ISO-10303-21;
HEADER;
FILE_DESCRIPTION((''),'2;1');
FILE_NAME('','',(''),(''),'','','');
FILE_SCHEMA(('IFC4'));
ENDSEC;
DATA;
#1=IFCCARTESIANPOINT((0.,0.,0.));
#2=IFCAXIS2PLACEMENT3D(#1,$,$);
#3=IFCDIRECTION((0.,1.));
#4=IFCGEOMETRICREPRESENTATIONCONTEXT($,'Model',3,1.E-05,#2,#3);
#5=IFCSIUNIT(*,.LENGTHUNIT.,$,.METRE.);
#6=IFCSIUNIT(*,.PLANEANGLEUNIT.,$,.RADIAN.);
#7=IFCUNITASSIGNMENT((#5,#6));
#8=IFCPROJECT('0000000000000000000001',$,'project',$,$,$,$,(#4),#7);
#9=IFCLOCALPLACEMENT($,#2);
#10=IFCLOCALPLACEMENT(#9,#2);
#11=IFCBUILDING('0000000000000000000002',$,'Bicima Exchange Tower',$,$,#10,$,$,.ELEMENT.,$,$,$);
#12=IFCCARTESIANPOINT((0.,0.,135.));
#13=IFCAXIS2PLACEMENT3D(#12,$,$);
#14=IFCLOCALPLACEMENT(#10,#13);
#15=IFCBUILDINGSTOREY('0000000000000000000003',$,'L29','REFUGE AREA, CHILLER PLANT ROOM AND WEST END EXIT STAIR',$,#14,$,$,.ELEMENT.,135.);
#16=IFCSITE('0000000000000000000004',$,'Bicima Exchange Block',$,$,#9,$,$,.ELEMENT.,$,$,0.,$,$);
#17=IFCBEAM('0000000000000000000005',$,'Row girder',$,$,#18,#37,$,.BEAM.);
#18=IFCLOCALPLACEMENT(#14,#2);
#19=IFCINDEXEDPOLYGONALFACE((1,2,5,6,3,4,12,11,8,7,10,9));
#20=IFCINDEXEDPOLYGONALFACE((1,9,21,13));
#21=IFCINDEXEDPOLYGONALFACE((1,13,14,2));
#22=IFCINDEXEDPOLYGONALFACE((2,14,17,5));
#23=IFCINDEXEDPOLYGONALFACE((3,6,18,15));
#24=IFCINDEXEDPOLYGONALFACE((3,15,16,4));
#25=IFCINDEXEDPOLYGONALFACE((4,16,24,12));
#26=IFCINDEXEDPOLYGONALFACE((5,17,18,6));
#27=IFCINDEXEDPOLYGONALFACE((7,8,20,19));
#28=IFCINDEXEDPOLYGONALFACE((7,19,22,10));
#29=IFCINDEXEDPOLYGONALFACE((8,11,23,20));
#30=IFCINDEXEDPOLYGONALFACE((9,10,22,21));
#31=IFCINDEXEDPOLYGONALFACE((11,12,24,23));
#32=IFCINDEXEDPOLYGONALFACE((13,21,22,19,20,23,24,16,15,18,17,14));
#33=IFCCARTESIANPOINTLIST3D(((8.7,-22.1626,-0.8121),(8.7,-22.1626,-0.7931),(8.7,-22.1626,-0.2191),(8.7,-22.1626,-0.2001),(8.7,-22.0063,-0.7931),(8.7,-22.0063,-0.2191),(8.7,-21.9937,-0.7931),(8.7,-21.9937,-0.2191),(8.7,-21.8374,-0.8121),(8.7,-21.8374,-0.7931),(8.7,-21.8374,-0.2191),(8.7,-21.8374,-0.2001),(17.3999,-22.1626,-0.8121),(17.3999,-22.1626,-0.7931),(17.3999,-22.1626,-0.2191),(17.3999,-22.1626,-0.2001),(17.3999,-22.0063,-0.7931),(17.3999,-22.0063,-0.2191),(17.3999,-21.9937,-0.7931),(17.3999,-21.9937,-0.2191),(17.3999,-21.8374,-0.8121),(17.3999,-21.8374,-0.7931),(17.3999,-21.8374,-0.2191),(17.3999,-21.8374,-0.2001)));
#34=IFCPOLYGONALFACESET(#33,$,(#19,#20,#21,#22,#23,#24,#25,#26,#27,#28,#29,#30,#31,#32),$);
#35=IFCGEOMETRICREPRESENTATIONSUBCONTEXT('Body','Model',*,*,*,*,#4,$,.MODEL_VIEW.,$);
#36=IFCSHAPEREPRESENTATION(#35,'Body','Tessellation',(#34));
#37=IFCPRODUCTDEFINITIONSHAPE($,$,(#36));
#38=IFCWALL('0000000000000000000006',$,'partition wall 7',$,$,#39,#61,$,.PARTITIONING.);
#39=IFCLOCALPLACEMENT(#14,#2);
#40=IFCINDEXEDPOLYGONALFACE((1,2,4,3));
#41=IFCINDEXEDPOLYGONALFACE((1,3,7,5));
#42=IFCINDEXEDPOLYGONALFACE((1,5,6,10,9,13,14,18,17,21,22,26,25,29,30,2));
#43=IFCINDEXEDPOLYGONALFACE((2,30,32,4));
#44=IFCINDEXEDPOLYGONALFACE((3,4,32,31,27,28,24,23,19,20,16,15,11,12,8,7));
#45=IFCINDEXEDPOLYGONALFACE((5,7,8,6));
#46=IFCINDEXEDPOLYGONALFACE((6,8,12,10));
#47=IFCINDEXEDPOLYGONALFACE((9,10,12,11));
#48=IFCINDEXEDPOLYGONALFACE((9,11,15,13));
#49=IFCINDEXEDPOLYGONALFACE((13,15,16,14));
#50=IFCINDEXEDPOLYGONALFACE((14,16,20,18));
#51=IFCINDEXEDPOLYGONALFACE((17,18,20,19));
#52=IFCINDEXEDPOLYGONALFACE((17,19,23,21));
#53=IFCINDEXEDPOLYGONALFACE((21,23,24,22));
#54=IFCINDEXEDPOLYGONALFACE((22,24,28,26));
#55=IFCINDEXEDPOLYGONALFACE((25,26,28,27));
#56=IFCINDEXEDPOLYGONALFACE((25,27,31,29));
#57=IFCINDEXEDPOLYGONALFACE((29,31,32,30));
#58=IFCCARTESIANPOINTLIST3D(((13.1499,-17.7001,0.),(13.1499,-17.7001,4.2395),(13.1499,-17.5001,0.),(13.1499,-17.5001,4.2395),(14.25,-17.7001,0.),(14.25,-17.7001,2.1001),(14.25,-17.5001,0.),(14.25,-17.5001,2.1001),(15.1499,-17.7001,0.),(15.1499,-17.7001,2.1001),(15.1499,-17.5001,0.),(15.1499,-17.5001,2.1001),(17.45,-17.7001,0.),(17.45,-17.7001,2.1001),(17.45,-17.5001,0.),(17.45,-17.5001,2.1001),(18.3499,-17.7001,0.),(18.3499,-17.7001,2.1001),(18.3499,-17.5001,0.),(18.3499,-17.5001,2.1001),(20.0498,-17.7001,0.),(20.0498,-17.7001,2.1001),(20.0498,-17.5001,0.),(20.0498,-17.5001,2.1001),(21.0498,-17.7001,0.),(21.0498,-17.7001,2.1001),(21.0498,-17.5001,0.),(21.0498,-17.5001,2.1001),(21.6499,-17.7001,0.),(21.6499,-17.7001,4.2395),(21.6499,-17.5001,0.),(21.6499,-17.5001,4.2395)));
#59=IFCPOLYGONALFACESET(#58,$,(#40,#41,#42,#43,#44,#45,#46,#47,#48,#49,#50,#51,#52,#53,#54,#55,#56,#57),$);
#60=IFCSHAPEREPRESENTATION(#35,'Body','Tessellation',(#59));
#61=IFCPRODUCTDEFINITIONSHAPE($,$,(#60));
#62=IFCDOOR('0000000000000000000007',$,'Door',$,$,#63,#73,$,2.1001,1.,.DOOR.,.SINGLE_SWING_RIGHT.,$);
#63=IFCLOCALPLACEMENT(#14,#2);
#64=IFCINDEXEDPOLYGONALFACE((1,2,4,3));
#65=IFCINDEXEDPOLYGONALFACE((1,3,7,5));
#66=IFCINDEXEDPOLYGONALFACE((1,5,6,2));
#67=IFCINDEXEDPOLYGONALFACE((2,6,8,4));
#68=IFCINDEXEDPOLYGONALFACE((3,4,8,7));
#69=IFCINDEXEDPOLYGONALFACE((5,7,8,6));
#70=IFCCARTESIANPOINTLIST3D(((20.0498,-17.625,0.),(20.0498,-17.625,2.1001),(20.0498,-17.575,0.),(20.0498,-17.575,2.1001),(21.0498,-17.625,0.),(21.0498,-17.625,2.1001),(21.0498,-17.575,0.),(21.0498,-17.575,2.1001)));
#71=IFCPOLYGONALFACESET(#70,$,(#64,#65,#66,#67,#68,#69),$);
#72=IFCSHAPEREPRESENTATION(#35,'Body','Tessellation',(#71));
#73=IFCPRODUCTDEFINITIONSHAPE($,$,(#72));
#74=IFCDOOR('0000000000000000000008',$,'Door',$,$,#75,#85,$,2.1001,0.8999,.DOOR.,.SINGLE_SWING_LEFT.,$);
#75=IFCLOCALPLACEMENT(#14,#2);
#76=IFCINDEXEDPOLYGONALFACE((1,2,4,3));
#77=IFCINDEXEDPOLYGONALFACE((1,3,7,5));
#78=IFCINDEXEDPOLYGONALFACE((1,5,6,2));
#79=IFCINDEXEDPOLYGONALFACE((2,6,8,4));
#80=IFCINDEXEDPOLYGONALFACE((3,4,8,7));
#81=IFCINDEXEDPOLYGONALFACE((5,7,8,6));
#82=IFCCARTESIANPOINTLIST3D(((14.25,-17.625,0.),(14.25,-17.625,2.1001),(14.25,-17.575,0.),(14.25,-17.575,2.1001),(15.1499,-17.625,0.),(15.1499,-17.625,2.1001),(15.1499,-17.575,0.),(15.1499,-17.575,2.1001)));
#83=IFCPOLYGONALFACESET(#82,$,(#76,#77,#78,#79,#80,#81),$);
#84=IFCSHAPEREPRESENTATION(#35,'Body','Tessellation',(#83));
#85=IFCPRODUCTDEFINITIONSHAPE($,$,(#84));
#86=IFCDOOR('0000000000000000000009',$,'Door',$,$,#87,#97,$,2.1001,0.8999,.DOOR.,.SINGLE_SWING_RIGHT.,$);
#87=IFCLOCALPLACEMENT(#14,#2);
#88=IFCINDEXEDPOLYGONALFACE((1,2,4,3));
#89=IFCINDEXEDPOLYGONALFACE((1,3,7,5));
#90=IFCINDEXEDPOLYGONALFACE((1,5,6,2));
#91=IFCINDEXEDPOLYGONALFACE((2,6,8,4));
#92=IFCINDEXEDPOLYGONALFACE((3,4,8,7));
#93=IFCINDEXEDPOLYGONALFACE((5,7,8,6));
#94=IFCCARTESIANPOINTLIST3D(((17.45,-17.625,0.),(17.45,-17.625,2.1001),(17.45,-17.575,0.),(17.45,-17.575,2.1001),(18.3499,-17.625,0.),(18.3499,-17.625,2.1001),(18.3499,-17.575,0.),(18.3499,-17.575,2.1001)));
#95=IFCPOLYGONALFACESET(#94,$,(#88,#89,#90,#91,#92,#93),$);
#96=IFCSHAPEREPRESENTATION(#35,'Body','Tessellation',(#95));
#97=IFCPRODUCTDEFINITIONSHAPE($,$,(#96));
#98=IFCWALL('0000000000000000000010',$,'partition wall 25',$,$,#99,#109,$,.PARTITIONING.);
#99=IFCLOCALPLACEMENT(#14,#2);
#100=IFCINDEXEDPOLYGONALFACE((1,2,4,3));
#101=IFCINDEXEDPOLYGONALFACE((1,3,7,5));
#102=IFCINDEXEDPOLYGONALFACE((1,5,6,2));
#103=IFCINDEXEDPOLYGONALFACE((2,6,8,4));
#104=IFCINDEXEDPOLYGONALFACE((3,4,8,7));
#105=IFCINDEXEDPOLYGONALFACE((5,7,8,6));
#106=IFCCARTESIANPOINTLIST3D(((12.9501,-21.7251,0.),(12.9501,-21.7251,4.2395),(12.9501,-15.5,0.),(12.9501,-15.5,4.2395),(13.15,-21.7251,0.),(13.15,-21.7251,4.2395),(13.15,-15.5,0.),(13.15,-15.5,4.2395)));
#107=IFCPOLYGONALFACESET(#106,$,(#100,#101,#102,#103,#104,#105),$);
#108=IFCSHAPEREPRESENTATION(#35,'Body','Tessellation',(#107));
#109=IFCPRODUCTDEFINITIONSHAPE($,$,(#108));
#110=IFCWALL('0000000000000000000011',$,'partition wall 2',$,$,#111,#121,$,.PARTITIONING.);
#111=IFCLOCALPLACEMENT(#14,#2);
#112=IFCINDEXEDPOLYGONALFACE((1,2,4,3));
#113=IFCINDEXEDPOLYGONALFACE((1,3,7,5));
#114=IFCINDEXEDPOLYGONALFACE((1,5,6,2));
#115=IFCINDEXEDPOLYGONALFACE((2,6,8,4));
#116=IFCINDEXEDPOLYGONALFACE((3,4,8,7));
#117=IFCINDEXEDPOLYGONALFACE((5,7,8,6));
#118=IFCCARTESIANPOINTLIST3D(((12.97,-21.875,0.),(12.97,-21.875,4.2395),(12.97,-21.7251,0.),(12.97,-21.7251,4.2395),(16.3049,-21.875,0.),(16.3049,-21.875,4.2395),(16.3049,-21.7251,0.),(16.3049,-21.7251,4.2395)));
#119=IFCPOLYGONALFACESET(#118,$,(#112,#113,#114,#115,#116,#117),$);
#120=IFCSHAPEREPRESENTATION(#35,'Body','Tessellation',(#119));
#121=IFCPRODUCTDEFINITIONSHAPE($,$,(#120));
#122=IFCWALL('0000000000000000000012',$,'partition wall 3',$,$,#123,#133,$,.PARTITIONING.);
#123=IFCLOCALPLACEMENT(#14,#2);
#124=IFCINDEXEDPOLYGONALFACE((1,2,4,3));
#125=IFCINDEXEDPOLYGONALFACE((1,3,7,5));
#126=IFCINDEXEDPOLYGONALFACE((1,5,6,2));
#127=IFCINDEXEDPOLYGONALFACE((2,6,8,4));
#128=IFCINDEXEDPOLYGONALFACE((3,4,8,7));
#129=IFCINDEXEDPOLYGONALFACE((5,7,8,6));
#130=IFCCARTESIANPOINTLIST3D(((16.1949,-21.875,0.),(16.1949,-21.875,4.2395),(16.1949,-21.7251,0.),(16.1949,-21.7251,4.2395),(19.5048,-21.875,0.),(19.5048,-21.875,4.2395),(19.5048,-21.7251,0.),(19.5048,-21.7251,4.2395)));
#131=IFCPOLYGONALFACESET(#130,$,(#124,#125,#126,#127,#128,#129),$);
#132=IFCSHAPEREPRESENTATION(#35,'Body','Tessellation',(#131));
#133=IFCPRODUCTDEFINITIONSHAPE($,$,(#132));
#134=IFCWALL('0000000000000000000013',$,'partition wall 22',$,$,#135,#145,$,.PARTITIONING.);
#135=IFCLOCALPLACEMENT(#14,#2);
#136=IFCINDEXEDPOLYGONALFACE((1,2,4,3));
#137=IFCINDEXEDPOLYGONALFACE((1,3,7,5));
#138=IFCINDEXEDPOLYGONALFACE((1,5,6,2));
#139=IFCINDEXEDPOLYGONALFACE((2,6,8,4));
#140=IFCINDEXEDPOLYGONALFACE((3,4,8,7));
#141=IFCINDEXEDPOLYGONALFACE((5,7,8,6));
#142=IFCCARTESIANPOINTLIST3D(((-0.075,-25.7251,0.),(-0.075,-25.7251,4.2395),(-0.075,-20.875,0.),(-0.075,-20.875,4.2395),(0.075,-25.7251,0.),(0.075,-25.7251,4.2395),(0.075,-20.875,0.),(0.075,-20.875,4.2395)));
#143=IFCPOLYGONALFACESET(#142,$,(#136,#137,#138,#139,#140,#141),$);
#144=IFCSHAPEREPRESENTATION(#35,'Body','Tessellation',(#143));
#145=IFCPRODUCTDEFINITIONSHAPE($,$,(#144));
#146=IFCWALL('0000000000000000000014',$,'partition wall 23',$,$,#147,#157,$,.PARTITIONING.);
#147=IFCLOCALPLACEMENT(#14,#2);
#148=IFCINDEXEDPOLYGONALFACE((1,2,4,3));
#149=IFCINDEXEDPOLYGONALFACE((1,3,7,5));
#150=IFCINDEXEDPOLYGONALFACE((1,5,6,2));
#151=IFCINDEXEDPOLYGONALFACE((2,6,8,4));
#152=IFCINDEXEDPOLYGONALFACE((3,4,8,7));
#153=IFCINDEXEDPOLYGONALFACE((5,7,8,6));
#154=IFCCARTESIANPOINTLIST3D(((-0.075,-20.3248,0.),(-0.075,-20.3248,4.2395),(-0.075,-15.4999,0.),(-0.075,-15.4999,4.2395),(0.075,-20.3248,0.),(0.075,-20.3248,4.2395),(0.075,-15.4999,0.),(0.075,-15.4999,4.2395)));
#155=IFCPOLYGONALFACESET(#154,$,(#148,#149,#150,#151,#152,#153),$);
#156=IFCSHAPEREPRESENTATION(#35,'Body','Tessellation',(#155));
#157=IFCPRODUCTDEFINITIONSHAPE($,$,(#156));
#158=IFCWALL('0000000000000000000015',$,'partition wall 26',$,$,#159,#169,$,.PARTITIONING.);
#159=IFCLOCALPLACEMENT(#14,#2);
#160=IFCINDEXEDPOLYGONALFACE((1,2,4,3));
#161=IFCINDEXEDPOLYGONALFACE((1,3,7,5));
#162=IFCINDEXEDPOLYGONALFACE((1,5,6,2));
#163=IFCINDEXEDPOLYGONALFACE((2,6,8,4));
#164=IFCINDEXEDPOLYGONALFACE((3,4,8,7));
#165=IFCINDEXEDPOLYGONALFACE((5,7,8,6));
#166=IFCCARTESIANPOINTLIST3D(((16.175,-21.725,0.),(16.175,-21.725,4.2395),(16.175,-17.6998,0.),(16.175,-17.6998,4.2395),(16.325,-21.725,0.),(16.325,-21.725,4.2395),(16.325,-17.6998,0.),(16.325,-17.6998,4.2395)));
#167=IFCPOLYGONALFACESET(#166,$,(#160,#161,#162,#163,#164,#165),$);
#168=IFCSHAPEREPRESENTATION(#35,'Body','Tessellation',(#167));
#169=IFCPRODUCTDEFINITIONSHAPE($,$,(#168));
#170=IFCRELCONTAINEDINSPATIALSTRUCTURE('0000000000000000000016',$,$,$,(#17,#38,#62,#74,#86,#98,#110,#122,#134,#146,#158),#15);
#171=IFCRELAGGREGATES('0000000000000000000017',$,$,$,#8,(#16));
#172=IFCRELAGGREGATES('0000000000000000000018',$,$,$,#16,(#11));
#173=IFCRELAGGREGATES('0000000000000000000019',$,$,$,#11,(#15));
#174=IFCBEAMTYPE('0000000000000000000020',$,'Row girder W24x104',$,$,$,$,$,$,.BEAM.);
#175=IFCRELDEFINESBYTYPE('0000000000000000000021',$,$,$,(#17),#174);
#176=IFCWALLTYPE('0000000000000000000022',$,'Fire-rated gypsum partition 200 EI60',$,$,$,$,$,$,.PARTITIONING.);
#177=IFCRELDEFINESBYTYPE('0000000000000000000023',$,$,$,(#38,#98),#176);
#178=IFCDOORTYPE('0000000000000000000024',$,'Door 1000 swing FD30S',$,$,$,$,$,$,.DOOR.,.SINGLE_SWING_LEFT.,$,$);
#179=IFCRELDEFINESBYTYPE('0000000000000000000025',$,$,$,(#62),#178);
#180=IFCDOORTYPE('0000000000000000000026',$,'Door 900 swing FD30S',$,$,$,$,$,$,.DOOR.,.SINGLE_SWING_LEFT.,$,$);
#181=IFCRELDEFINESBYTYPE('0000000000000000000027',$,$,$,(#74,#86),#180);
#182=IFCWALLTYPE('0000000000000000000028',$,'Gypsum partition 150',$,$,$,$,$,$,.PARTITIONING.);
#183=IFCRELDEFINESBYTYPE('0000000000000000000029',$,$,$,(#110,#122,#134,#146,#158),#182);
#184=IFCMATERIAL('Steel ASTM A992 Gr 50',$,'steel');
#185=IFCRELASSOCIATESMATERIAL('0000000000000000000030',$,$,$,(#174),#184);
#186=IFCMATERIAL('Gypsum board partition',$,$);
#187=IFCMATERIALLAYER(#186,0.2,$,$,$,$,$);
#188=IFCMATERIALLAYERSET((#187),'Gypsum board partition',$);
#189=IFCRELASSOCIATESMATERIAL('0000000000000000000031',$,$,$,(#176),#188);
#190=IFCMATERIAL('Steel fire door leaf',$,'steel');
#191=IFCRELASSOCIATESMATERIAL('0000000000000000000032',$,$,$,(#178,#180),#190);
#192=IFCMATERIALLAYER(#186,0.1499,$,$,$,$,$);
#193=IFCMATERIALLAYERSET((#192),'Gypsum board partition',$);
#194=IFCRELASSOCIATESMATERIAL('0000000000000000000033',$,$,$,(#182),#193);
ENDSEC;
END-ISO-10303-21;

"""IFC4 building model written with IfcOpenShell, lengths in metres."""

from ifc_helpers import new_model, si_unit, direction, frame, frame_2d, origin, origin_2d, place, context, subcontext, project, spatial, rectangle, i_section, extrude, material, layer, layer_set, material_profile, profile_set, type_object, element, fill, save


model = new_model("IFC4")

# Units and contexts
model_context = context("Model", 3, precision=1e-05, world=origin(), true_north=direction((0.0, 1.0)))
body_context = subcontext(model_context, "Body", "Model", "MODEL_VIEW")
ifc_project = project(units=[si_unit("LENGTHUNIT", "METRE"), si_unit("PLANEANGLEUNIT", "RADIAN")], contexts=[model_context])

# Site, building, storey
site_placement = place(None, origin())
site = spatial("IfcSite", under=ifc_project, at=site_placement, Name="Bicima Exchange Block", CompositionType="ELEMENT", RefElevation=0.0)
building_placement = place(site_placement, origin())
building = spatial("IfcBuilding", under=site, at=building_placement, Name="Bicima Exchange Tower", CompositionType="ELEMENT")
storey_placement = place(building_placement, frame((0.0, 0.0, 135.0)))
storey = spatial("IfcBuildingStorey", under=building, at=storey_placement, Name="L29", Description="REFUGE AREA, CHILLER PLANT ROOM AND WEST END EXIT STAIR", CompositionType="ELEMENT", Elevation=135.0)

# Beam
ifc_material_1 = material(Name="Steel ASTM A992 Gr 50", Category="steel")
ifc_material_profile_1 = material_profile(ifc_material_1, i_section(OverallWidth=0.3252, OverallDepth=0.6121, WebThickness=0.0127, FlangeThickness=0.019, at=origin_2d()))
ifc_profile_set_1 = profile_set([ifc_material_profile_1], Name="Steel ASTM A992 Gr 50")
beam_type_1 = type_object("IfcBeamType", Name="Row girder W24x104", PredefinedType="BEAM", material=ifc_profile_set_1)
beam_1_placement = place(storey_placement, frame((8.7, -22.0, -0.5061), z_axis=(1.0, 0.0, 0.0), x_axis=(0.0, 1.0, 0.0)))
element("IfcBeam", 1, at=beam_1_placement, inside=storey, type_object=beam_type_1, Name="Row girder", PredefinedType="BEAM", context=body_context, shape_type="SweptSolid", body=[
    extrude(i_section(OverallWidth=0.3252, OverallDepth=0.6121, WebThickness=0.0127, FlangeThickness=0.019, at=origin_2d()), origin(), (0.0, 0.0, 1.0), 8.7),
])

# Wall, openings, doors
ifc_material_2 = material(Name="Gypsum board partition")
ifc_layer_1 = layer(ifc_material_2, 0.2)
ifc_layer_set_1 = layer_set([ifc_layer_1], Name="Gypsum board partition")
wall_type_1 = type_object("IfcWallType", Name="Fire-rated gypsum partition 200 EI60", PredefinedType="PARTITIONING", material=ifc_layer_set_1)
wall_1_placement = place(storey_placement, frame((13.1499, -17.6001, 0.0), z_axis=(0.0, 0.0, 1.0), x_axis=(1.0, 0.0, 0.0)))
wall_1 = element("IfcWall", 2, at=wall_1_placement, inside=storey, type_object=wall_type_1, Name="partition wall 7", PredefinedType="PARTITIONING", context=body_context, shape_type="SweptSolid", body=[
    extrude(rectangle(XDim=8.5, YDim=0.2, at=frame_2d((4.25, 0.0))), origin(), (0.0, 0.0, 1.0), 4.2395),
])
opening_1_placement = place(wall_1_placement, frame((1.1001, 0.0, 0.0)))
opening_1 = element("IfcOpeningElement", 3, at=opening_1_placement, cuts=wall_1, PredefinedType="OPENING", context=body_context, shape_type="SweptSolid", body=[
    extrude(rectangle(XDim=0.8999, YDim=2.1001, at=frame_2d((0.45, 1.05))), frame((0.0, 0.1118, 0.0), z_axis=(0.0, -1.0, 0.0), x_axis=(1.0, 0.0, 0.0)), (0.0, 0.0, 1.0), 0.2239),
])
opening_2_placement = place(wall_1_placement, frame((4.3, 0.0, 0.0)))
opening_2 = element("IfcOpeningElement", 4, at=opening_2_placement, cuts=wall_1, PredefinedType="OPENING", context=body_context, shape_type="SweptSolid", body=[
    extrude(rectangle(XDim=0.8999, YDim=2.1001, at=frame_2d((0.45, 1.05))), frame((0.0, 0.1118, 0.0), z_axis=(0.0, -1.0, 0.0), x_axis=(1.0, 0.0, 0.0)), (0.0, 0.0, 1.0), 0.2239),
])
opening_3_placement = place(wall_1_placement, frame((6.8999, 0.0, 0.0)))
opening_3 = element("IfcOpeningElement", 5, at=opening_3_placement, cuts=wall_1, PredefinedType="OPENING", context=body_context, shape_type="SweptSolid", body=[
    extrude(rectangle(XDim=1.0, YDim=2.1001, at=frame_2d((0.5, 1.05))), frame((0.0, 0.1118, 0.0), z_axis=(0.0, -1.0, 0.0), x_axis=(1.0, 0.0, 0.0)), (0.0, 0.0, 1.0), 0.2239),
])
ifc_material_3 = material(Name="Steel fire door leaf", Category="steel")
door_type_1 = type_object("IfcDoorType", Name="Door 1000 swing FD30S", OperationType="SINGLE_SWING_LEFT", PredefinedType="DOOR", material=ifc_material_3)
door_1_placement = place(opening_3_placement, frame((1.0, 0.0, 0.0), z_axis=(0.0, 0.0, 1.0), x_axis=(-1.0, 0.0, 0.0)))
door_1 = element("IfcDoor", 6, at=door_1_placement, inside=storey, type_object=door_type_1, Name="Door", OperationType="SINGLE_SWING_RIGHT", OverallHeight=2.1001, OverallWidth=1.0, PredefinedType="DOOR", context=body_context, shape_type="SweptSolid", body=[
    extrude(rectangle(XDim=1.0, YDim=2.1001, at=frame_2d((0.5, 1.05))), frame((0.0, 0.0249, 0.0), z_axis=(0.0, -1.0, 0.0), x_axis=(1.0, 0.0, 0.0)), (0.0, 0.0, 1.0), 0.05),
])
fill(opening_3, door_1)
door_type_2 = type_object("IfcDoorType", Name="Door 900 swing FD30S", OperationType="SINGLE_SWING_LEFT", PredefinedType="DOOR", material=ifc_material_3)
door_2_placement = place(opening_1_placement, frame((0.8999, 0.0, 0.0), z_axis=(0.0, 0.0, 1.0), x_axis=(-1.0, 0.0, 0.0)))
door_2 = element("IfcDoor", 7, at=door_2_placement, inside=storey, type_object=door_type_2, Name="Door", OperationType="SINGLE_SWING_LEFT", OverallHeight=2.1001, OverallWidth=0.8999, PredefinedType="DOOR", context=body_context, shape_type="SweptSolid", body=[
    extrude(rectangle(XDim=0.8999, YDim=2.1001, at=frame_2d((0.45, 1.05))), frame((0.0, 0.0249, 0.0), z_axis=(0.0, -1.0, 0.0), x_axis=(1.0, 0.0, 0.0)), (0.0, 0.0, 1.0), 0.05),
])
fill(opening_1, door_2)
door_3_placement = place(opening_2_placement, frame((0.8999, 0.0, 0.0), z_axis=(0.0, 0.0, 1.0), x_axis=(-1.0, 0.0, 0.0)))
door_3 = element("IfcDoor", 8, at=door_3_placement, inside=storey, type_object=door_type_2, Name="Door", OperationType="SINGLE_SWING_RIGHT", OverallHeight=2.1001, OverallWidth=0.8999, PredefinedType="DOOR", context=body_context, shape_type="SweptSolid", body=[
    extrude(rectangle(XDim=0.8999, YDim=2.1001, at=frame_2d((0.45, 1.05))), frame((0.0, 0.0249, 0.0), z_axis=(0.0, -1.0, 0.0), x_axis=(1.0, 0.0, 0.0)), (0.0, 0.0, 1.0), 0.05),
])
fill(opening_2, door_3)

# Walls
wall_2_placement = place(storey_placement, frame((13.05, -21.7251, 0.0), z_axis=(0.0, 0.0, 1.0), x_axis=(0.0, 1.0, 0.0)))
element("IfcWall", 9, at=wall_2_placement, inside=storey, type_object=wall_type_1, Name="partition wall 25", PredefinedType="PARTITIONING", context=body_context, shape_type="SweptSolid", body=[
    extrude(rectangle(XDim=6.2251, YDim=0.2, at=frame_2d((3.1125, 0.0))), origin(), (0.0, 0.0, 1.0), 4.2395),
])
ifc_layer_2 = layer(ifc_material_2, 0.1499)
ifc_layer_set_2 = layer_set([ifc_layer_2], Name="Gypsum board partition")
wall_type_2 = type_object("IfcWallType", Name="Gypsum partition 150", PredefinedType="PARTITIONING", material=ifc_layer_set_2)
wall_3_placement = place(storey_placement, frame((12.97, -21.8, 0.0), z_axis=(0.0, 0.0, 1.0), x_axis=(1.0, 0.0, 0.0)))
element("IfcWall", 10, at=wall_3_placement, inside=storey, type_object=wall_type_2, Name="partition wall 2", PredefinedType="PARTITIONING", context=body_context, shape_type="SweptSolid", body=[
    extrude(rectangle(XDim=3.335, YDim=0.1499, at=frame_2d((1.6675, 0.0))), origin(), (0.0, 0.0, 1.0), 4.2395),
])
wall_4_placement = place(storey_placement, frame((16.1951, -21.8, 0.0), z_axis=(0.0, 0.0, 1.0), x_axis=(1.0, 0.0, 0.0)))
element("IfcWall", 11, at=wall_4_placement, inside=storey, type_object=wall_type_2, Name="partition wall 3", PredefinedType="PARTITIONING", context=body_context, shape_type="SweptSolid", body=[
    extrude(rectangle(XDim=3.3098, YDim=0.1499, at=frame_2d((1.6548, 0.0))), origin(), (0.0, 0.0, 1.0), 4.2395),
])
wall_5_placement = place(storey_placement, frame((0.0, -25.7251, 0.0), z_axis=(0.0, 0.0, 1.0), x_axis=(0.0, 1.0, 0.0)))
element("IfcWall", 12, at=wall_5_placement, inside=storey, type_object=wall_type_2, Name="partition wall 22", PredefinedType="PARTITIONING", context=body_context, shape_type="SweptSolid", body=[
    extrude(rectangle(XDim=4.8501, YDim=0.1499, at=frame_2d((2.425, 0.0))), origin(), (0.0, 0.0, 1.0), 4.2395),
])
wall_6_placement = place(storey_placement, frame((0.0, -20.325, 0.0), z_axis=(0.0, 0.0, 1.0), x_axis=(0.0, 1.0, 0.0)))
element("IfcWall", 13, at=wall_6_placement, inside=storey, type_object=wall_type_2, Name="partition wall 23", PredefinedType="PARTITIONING", context=body_context, shape_type="SweptSolid", body=[
    extrude(rectangle(XDim=4.825, YDim=0.1499, at=frame_2d((2.4126, 0.0))), origin(), (0.0, 0.0, 1.0), 4.2395),
])
wall_7_placement = place(storey_placement, frame((16.25, -21.7251, 0.0), z_axis=(0.0, 0.0, 1.0), x_axis=(0.0, 1.0, 0.0)))
element("IfcWall", 14, at=wall_7_placement, inside=storey, type_object=wall_type_2, Name="partition wall 26", PredefinedType="PARTITIONING", context=body_context, shape_type="SweptSolid", body=[
    extrude(rectangle(XDim=4.0251, YDim=0.1499, at=frame_2d((2.0127, 0.0))), origin(), (0.0, 0.0, 1.0), 4.2395),
])

save(model, "model.ifc")
